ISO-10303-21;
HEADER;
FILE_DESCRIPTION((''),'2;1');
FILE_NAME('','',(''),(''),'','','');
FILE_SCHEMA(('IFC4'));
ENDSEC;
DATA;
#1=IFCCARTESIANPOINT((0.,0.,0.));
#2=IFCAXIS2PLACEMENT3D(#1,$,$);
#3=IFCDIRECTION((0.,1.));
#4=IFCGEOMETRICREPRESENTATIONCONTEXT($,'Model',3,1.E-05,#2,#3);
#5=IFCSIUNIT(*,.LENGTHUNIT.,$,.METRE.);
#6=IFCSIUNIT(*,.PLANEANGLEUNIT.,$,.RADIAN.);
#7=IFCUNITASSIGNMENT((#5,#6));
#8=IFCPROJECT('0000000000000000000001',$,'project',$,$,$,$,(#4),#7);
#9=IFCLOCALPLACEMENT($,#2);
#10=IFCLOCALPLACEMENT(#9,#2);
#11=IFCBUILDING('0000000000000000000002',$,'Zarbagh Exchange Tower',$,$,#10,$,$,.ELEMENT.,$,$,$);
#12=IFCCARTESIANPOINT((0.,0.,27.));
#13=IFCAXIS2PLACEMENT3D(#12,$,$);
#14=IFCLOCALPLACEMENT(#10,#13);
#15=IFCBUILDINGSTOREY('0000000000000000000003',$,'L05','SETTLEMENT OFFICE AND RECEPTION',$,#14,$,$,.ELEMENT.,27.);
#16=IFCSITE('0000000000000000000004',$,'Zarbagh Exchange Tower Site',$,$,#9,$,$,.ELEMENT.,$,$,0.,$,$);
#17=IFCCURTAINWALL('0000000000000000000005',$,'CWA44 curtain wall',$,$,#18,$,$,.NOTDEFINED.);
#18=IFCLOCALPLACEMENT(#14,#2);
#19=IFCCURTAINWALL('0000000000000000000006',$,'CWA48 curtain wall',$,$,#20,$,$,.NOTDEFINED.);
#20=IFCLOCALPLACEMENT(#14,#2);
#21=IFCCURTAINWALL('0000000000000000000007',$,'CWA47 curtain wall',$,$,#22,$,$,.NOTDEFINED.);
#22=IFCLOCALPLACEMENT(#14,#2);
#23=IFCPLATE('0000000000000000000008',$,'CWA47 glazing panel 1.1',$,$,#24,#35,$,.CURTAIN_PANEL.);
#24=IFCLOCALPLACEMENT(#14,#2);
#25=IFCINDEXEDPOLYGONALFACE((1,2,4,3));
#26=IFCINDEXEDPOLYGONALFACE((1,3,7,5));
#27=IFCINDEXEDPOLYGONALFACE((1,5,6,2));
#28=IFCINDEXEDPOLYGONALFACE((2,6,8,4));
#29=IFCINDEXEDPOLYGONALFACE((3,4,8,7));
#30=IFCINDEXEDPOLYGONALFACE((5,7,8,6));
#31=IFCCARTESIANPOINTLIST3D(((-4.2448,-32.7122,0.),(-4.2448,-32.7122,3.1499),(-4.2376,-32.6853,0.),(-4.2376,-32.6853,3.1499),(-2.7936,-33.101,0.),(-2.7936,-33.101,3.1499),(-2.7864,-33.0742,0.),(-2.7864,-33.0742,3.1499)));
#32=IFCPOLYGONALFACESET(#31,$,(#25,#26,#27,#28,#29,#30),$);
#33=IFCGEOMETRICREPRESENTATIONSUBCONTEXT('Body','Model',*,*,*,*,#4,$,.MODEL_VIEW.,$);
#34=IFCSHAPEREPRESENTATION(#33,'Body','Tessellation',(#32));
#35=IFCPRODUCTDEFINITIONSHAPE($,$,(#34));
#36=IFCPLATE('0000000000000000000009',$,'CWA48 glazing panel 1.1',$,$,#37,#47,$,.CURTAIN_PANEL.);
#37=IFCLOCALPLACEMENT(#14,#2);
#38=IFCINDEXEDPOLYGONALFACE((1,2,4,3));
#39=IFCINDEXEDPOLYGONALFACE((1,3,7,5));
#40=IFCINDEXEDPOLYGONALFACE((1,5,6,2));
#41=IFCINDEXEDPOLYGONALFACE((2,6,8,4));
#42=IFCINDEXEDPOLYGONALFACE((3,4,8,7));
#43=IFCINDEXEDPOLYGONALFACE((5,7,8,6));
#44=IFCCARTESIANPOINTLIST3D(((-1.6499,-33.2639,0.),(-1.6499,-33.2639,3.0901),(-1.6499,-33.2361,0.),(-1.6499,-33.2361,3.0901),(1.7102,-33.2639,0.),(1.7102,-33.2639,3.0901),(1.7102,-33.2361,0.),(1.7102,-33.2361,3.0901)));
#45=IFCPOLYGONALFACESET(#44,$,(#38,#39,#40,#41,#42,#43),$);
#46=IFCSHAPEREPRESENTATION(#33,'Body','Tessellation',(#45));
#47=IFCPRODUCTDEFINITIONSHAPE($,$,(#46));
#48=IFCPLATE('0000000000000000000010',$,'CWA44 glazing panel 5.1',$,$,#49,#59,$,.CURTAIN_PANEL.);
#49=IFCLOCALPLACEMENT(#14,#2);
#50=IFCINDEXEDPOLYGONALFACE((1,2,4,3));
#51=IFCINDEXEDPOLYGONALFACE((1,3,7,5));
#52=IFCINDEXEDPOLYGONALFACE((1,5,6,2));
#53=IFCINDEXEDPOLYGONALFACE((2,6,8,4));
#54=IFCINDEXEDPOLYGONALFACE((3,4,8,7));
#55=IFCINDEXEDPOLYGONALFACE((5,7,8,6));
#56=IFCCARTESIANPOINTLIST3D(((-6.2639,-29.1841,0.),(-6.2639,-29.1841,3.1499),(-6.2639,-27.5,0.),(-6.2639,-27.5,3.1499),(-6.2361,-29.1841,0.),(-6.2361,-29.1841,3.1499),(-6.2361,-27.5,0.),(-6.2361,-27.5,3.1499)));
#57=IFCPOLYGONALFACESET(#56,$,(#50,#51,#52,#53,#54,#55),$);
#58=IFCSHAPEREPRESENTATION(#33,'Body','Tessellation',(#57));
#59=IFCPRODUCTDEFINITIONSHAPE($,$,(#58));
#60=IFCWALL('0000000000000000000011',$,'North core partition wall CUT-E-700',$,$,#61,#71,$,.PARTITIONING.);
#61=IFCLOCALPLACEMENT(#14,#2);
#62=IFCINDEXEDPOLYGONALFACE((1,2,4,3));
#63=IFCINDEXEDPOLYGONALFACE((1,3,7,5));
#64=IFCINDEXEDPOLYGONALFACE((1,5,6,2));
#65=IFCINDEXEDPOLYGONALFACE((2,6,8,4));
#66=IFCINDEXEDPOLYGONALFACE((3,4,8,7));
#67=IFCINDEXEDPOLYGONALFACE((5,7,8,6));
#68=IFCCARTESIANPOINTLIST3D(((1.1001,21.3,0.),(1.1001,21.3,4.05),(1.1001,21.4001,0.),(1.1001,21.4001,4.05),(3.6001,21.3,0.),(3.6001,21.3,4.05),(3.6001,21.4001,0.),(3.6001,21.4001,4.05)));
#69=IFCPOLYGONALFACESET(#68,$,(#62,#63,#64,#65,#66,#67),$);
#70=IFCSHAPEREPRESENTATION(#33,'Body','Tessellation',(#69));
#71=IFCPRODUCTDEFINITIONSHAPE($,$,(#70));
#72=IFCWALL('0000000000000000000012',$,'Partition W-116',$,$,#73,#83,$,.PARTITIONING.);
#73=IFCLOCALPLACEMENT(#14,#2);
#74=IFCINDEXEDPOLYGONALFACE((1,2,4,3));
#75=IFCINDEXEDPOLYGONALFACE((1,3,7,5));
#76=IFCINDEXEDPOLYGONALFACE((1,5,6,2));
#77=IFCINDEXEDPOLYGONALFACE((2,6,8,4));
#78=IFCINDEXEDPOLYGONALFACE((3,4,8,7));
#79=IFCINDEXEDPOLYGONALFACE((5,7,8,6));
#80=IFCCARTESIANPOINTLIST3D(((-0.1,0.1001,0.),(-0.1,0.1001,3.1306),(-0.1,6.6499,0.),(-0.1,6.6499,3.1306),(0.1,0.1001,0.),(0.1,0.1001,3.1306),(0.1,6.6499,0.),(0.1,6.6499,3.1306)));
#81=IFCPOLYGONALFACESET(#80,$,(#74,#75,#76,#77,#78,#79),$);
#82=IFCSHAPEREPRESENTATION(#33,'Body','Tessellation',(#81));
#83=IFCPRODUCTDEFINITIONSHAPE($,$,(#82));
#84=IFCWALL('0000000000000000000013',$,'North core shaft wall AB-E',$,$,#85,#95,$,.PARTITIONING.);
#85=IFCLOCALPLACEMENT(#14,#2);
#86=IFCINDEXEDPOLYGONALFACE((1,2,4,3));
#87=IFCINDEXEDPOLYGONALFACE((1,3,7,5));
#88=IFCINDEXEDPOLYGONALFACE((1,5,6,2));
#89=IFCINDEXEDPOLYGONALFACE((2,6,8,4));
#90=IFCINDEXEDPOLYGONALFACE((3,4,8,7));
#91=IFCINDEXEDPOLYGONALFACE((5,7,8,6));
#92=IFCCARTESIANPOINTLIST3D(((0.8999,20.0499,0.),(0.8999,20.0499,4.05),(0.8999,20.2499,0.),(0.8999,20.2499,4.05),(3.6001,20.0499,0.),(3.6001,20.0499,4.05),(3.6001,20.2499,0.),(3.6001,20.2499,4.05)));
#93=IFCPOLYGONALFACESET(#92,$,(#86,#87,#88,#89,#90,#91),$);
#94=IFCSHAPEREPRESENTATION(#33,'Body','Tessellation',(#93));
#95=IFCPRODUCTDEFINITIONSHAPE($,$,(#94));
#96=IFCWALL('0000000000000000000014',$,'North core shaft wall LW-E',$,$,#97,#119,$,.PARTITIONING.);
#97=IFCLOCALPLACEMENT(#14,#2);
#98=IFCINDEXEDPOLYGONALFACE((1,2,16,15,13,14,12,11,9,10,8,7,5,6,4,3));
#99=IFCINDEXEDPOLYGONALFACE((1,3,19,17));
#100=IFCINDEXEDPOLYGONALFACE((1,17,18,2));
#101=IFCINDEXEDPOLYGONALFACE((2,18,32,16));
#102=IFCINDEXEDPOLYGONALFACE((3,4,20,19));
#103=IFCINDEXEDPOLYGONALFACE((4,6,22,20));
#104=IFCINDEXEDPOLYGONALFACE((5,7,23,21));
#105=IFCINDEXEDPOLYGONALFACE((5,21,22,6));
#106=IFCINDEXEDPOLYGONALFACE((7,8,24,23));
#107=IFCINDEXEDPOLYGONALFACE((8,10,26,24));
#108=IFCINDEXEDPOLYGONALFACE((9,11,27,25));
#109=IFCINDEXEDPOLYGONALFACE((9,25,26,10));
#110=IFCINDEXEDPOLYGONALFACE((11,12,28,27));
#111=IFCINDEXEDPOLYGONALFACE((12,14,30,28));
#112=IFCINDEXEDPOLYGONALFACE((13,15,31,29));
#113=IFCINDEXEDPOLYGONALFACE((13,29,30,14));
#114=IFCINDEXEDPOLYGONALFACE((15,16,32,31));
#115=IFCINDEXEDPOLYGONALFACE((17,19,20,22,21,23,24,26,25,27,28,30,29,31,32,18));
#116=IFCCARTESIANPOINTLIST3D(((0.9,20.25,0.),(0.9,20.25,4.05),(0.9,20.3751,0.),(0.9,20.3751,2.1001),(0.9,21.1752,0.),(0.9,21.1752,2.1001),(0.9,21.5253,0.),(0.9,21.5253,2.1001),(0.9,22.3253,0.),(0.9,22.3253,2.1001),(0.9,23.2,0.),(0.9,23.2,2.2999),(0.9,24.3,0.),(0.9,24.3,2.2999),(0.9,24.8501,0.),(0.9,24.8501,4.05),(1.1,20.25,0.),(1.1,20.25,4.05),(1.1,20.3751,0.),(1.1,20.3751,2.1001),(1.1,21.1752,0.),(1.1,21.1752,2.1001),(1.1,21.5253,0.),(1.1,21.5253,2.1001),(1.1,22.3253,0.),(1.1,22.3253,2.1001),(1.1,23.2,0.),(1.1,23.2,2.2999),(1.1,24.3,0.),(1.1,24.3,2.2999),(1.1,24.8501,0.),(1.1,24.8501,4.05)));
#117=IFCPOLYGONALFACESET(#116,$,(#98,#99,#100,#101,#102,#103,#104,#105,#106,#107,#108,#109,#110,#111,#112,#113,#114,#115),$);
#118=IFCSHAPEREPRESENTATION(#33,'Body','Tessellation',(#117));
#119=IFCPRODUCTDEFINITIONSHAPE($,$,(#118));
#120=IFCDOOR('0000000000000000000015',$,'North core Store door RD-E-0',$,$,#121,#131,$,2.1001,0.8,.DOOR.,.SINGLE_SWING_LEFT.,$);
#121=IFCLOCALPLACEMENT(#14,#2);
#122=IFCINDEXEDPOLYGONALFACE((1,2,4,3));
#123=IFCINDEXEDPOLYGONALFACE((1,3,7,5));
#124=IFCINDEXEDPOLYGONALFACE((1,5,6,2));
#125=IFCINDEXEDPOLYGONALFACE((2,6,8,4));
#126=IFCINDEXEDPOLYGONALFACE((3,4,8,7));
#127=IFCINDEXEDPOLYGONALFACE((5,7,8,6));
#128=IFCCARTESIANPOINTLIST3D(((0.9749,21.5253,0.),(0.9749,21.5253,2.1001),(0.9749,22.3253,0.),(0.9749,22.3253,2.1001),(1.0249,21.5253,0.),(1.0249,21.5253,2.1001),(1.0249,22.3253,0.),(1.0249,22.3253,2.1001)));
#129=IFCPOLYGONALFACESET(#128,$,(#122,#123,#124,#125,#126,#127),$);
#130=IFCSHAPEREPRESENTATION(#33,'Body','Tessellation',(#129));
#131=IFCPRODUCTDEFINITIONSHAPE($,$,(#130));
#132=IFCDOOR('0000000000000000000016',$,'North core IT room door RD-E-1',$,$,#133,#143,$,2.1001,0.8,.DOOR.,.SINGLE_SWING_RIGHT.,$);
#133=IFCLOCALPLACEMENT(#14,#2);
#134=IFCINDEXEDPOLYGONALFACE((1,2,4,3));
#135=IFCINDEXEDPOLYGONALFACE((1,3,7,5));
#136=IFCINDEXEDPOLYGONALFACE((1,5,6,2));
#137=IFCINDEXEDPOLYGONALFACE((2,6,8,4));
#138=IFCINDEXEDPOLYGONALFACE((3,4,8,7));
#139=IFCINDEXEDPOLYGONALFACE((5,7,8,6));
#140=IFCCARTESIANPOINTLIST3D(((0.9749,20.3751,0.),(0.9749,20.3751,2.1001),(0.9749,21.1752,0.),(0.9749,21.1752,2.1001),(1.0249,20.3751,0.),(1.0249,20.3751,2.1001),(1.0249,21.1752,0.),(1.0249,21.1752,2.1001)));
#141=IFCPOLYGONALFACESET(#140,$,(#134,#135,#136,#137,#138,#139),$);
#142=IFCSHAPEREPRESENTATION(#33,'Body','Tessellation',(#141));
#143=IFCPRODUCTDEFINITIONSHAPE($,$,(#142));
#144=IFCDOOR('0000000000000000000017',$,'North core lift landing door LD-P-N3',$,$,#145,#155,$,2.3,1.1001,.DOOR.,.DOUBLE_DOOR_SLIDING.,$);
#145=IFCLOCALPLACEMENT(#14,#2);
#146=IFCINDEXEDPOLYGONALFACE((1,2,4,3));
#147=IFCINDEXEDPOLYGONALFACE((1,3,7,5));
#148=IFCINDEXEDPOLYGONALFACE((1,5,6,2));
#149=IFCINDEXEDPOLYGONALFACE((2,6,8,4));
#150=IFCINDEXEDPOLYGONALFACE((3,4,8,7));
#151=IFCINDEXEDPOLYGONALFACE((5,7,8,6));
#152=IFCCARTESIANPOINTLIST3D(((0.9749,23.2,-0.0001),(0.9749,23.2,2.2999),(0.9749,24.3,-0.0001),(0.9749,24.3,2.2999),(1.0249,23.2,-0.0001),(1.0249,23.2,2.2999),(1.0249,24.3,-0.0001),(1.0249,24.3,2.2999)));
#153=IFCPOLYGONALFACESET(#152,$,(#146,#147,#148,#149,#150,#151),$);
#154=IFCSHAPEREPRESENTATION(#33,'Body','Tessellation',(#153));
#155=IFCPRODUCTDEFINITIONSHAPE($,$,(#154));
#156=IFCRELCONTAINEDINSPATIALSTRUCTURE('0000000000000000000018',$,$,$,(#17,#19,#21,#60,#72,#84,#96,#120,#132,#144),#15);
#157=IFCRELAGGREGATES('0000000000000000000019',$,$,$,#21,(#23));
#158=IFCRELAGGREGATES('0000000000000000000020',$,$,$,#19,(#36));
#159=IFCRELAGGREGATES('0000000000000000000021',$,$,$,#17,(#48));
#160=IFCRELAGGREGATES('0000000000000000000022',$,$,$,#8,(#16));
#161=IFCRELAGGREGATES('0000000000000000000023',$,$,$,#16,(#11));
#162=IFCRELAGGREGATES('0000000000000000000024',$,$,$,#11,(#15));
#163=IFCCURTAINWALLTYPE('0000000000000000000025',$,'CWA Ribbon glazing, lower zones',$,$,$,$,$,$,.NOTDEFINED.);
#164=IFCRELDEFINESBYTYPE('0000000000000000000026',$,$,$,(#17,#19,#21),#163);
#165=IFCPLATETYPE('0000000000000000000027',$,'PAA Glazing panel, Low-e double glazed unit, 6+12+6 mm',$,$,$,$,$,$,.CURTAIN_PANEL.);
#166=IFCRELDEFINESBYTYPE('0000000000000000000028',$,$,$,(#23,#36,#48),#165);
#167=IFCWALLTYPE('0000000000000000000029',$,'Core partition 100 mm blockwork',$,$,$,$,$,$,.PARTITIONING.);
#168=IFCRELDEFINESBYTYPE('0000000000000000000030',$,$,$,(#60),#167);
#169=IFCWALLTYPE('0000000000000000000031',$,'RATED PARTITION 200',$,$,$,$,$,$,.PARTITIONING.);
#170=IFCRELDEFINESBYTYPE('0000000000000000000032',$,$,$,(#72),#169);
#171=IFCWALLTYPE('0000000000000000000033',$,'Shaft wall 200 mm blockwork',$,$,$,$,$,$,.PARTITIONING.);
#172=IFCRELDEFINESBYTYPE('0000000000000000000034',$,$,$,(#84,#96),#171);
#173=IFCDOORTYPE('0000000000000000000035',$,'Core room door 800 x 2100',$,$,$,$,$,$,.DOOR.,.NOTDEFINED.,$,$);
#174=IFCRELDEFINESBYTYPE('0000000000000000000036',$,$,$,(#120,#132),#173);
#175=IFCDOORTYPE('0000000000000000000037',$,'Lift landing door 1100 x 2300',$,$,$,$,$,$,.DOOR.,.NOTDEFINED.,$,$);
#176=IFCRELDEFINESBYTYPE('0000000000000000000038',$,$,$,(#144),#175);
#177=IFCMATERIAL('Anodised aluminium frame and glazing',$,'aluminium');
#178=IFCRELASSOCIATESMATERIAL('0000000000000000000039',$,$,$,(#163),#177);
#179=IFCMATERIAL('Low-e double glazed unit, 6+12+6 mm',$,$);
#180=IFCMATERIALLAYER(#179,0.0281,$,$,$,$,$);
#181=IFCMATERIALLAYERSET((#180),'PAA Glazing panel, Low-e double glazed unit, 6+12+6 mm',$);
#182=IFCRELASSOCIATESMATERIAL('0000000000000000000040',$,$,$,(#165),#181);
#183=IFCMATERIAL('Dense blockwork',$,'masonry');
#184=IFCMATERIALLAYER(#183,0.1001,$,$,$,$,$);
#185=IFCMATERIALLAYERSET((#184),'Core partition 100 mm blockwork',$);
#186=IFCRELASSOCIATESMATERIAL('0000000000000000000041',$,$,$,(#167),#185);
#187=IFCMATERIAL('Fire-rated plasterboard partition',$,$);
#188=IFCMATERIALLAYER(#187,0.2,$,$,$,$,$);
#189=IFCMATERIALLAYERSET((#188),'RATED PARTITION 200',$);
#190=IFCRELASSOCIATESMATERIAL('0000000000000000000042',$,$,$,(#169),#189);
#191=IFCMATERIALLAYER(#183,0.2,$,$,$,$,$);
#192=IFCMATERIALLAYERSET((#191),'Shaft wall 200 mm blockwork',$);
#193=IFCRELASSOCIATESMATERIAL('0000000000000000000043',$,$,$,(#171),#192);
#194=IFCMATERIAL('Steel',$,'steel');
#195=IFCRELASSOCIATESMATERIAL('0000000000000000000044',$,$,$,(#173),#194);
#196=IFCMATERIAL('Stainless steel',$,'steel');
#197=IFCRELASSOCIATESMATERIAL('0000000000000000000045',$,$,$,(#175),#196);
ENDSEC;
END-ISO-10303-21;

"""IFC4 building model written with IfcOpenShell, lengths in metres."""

from ifc_helpers import new_model, si_unit, direction, frame, frame_2d, origin, place, context, subcontext, project, spatial, polyline, rectangle, outline, extrude, source, transform, mapped, material, layer, layer_set, type_object, element, fill, aggregate, save


model = new_model("IFC4")

# Units and contexts
model_context = context("Model", 3, precision=1e-05, world=origin(), true_north=direction((0.0, 1.0)))
body_context = subcontext(model_context, "Body", "Model", "MODEL_VIEW")
ifc_project = project(units=[si_unit("LENGTHUNIT", "METRE"), si_unit("PLANEANGLEUNIT", "RADIAN")], contexts=[model_context])

# Site, building, storey
site_placement = place(None, origin())
site = spatial("IfcSite", under=ifc_project, at=site_placement, Name="Zarbagh Exchange Tower Site", CompositionType="ELEMENT", RefElevation=0.0)
building_placement = place(site_placement, origin())
building = spatial("IfcBuilding", under=site, at=building_placement, Name="Zarbagh Exchange Tower", CompositionType="ELEMENT")
storey_placement = place(building_placement, frame((0.0, 0.0, 27.0)))
storey = spatial("IfcBuildingStorey", under=building, at=storey_placement, Name="L05", Description="SETTLEMENT OFFICE AND RECEPTION", CompositionType="ELEMENT", Elevation=27.0)

# Curtain wall
ifc_material_1 = material(Name="Anodised aluminium frame and glazing", Category="aluminium")
curtain_wall_type = type_object("IfcCurtainWallType", Name="CWA Ribbon glazing, lower zones", PredefinedType="NOTDEFINED", material=ifc_material_1)
curtain_wall_1_placement = place(storey_placement, origin())
curtain_wall_1 = element("IfcCurtainWall", 1, at=curtain_wall_1_placement, inside=storey, type_object=curtain_wall_type, Name="CWA44 curtain wall", PredefinedType="NOTDEFINED")
placement = place(storey_placement, origin())

# Curtain wall
curtain_wall_2_placement = place(storey_placement, origin())
curtain_wall_2 = element("IfcCurtainWall", 2, at=curtain_wall_2_placement, inside=storey, type_object=curtain_wall_type, Name="CWA48 curtain wall", PredefinedType="NOTDEFINED")

# Shared definitions
ifc_material_2 = material(Name="Low-e double glazed unit, 6+12+6 mm")
ifc_layer_1 = layer(ifc_material_2, 0.0281)
ifc_layer_set_1 = layer_set([ifc_layer_1], Name="PAA Glazing panel, Low-e double glazed unit, 6+12+6 mm")
plate_type = type_object("IfcPlateType", Name="PAA Glazing panel, Low-e double glazed unit, 6+12+6 mm", PredefinedType="CURTAIN_PANEL", material=ifc_layer_set_1)

# Curtain wall, plate
curtain_wall_3_placement = place(storey_placement, origin())
curtain_wall_3 = element("IfcCurtainWall", 3, at=curtain_wall_3_placement, inside=storey, type_object=curtain_wall_type, Name="CWA47 curtain wall", PredefinedType="NOTDEFINED")
shared_shape_1 = source(origin(), body_context, "Body", "SweptSolid", [
    extrude(outline(polyline([(0.0, -0.0139), (1.5024, -0.0139), (1.5024, 0.0139), (0.0, 0.0139), (0.0, -0.0139)])), origin(), (0.0, 0.0, 1.0), 3.1499),
])
plate_1 = element("IfcPlate", 4, at=placement, type_object=plate_type, Name="CWA47 glazing panel 1.1", PredefinedType="CURTAIN_PANEL", context=body_context, shape_type="MappedRepresentation", body=[
    mapped(shared_shape_1, transform((-4.2412, -32.6987, 0.0), x_axis=(0.965924, -0.258825, 0.0), y_axis=(0.258825, 0.965924, 0.0), z_axis=(0.0, 0.0, 1.0))),
])
aggregate(curtain_wall_3, [plate_1])

# Plates
shared_shape_2 = source(origin(), body_context, "Body", "SweptSolid", [
    extrude(outline(polyline([(0.0, -0.0139), (3.3601, -0.0139), (3.3601, 0.0139), (0.0, 0.0139), (0.0, -0.0139)])), origin(), (0.0, 0.0, 1.0), 3.0901),
])
plate_2 = element("IfcPlate", 5, at=placement, type_object=plate_type, Name="CWA48 glazing panel 1.1", PredefinedType="CURTAIN_PANEL", context=body_context, shape_type="MappedRepresentation", body=[
    mapped(shared_shape_2, transform((-1.6499, -33.25, 0.0), x_axis=(1.0, 0.0, 0.0), y_axis=(0.0, 1.0, 0.0), z_axis=(0.0, 0.0, 1.0))),
])
aggregate(curtain_wall_2, [plate_2])
shared_shape_3 = source(origin(), body_context, "Body", "SweptSolid", [
    extrude(outline(polyline([(0.0, -0.0139), (1.6841, -0.0139), (1.6841, 0.0139), (0.0, 0.0139), (0.0, -0.0139)])), origin(), (0.0, 0.0, 1.0), 3.1499),
])
plate_3 = element("IfcPlate", 6, at=placement, type_object=plate_type, Name="CWA44 glazing panel 5.1", PredefinedType="CURTAIN_PANEL", context=body_context, shape_type="MappedRepresentation", body=[
    mapped(shared_shape_3, transform((-6.25, -27.5, 0.0), x_axis=(0.0, -1.0, 0.0), y_axis=(1.0, 0.0, 0.0), z_axis=(0.0, 0.0, 1.0))),
])
aggregate(curtain_wall_1, [plate_3])

# Walls
ifc_material_3 = material(Name="Dense blockwork", Category="masonry")
ifc_layer_2 = layer(ifc_material_3, 0.1001)
ifc_layer_set_2 = layer_set([ifc_layer_2], Name="Core partition 100 mm blockwork")
wall_type_1 = type_object("IfcWallType", Name="Core partition 100 mm blockwork", PredefinedType="PARTITIONING", material=ifc_layer_set_2)
wall_1_placement = place(storey_placement, frame((1.1001, 21.3501, 0.0), z_axis=(0.0, 0.0, 1.0), x_axis=(1.0, 0.0, 0.0)))
element("IfcWall", 7, at=wall_1_placement, inside=storey, type_object=wall_type_1, Name="North core partition wall CUT-E-700", PredefinedType="PARTITIONING", context=body_context, shape_type="SweptSolid", body=[
    extrude(rectangle(XDim=2.5, YDim=0.1001, at=frame_2d((1.25, 0.0))), origin(), (0.0, 0.0, 1.0), 4.05),
])
ifc_material_4 = material(Name="Fire-rated plasterboard partition")
ifc_layer_3 = layer(ifc_material_4, 0.2)
ifc_layer_set_3 = layer_set([ifc_layer_3], Name="RATED PARTITION 200")
wall_type_2 = type_object("IfcWallType", Name="RATED PARTITION 200", PredefinedType="PARTITIONING", material=ifc_layer_set_3)
wall_2_placement = place(storey_placement, frame((0.0, 0.1001, 0.0), z_axis=(0.0, 0.0, 1.0), x_axis=(0.0, 1.0, 0.0)))
element("IfcWall", 8, at=wall_2_placement, inside=storey, type_object=wall_type_2, Name="Partition W-116", PredefinedType="PARTITIONING", context=body_context, shape_type="SweptSolid", body=[
    extrude(rectangle(XDim=6.5498, YDim=0.2, at=frame_2d((3.2749, 0.0))), origin(), (0.0, 0.0, 1.0), 3.1306),
])
ifc_layer_4 = layer(ifc_material_3, 0.2)
ifc_layer_set_4 = layer_set([ifc_layer_4], Name="Shaft wall 200 mm blockwork")
wall_type_3 = type_object("IfcWallType", Name="Shaft wall 200 mm blockwork", PredefinedType="PARTITIONING", material=ifc_layer_set_4)
wall_3_placement = place(storey_placement, frame((0.8999, 20.1499, 0.0), z_axis=(0.0, 0.0, 1.0), x_axis=(1.0, 0.0, 0.0)))
element("IfcWall", 9, at=wall_3_placement, inside=storey, type_object=wall_type_3, Name="North core shaft wall AB-E", PredefinedType="PARTITIONING", context=body_context, shape_type="SweptSolid", body=[
    extrude(rectangle(XDim=2.7002, YDim=0.2, at=frame_2d((1.3501, 0.0))), origin(), (0.0, 0.0, 1.0), 4.05),
])

# Wall, openings, doors
wall_4_placement = place(storey_placement, frame((1.0, 24.8501, 0.0), z_axis=(0.0, 0.0, 1.0), x_axis=(0.0, -1.0, 0.0)))
wall_4 = element("IfcWall", 10, at=wall_4_placement, inside=storey, type_object=wall_type_3, Name="North core shaft wall LW-E", PredefinedType="PARTITIONING", context=body_context, shape_type="SweptSolid", body=[
    extrude(rectangle(XDim=4.6001, YDim=0.2, at=frame_2d((2.3, 0.0))), origin(), (0.0, 0.0, 1.0), 4.05),
])
opening_1_placement = place(wall_4_placement, frame((0.55, 0.0, 0.0)))
opening_1 = element("IfcOpeningElement", 11, at=opening_1_placement, cuts=wall_4, PredefinedType="OPENING", context=body_context, shape_type="SweptSolid", body=[
    extrude(rectangle(XDim=1.1001, YDim=2.3, at=frame_2d((0.55, 1.1499))), frame((0.0, 0.1099, 0.0), z_axis=(0.0, -1.0, 0.0), x_axis=(1.0, 0.0, 0.0)), (0.0, 0.0, 1.0), 0.22),
])
opening_2_placement = place(wall_4_placement, frame((2.5249, 0.0, 0.0)))
opening_2 = element("IfcOpeningElement", 12, at=opening_2_placement, cuts=wall_4, PredefinedType="OPENING", context=body_context, shape_type="SweptSolid", body=[
    extrude(rectangle(XDim=0.8, YDim=2.1001, at=frame_2d((0.3999, 1.05))), frame((0.0, 0.1099, 0.0), z_axis=(0.0, -1.0, 0.0), x_axis=(1.0, 0.0, 0.0)), (0.0, 0.0, 1.0), 0.22),
])
opening_3_placement = place(wall_4_placement, frame((3.675, 0.0, 0.0)))
opening_3 = element("IfcOpeningElement", 13, at=opening_3_placement, cuts=wall_4, PredefinedType="OPENING", context=body_context, shape_type="SweptSolid", body=[
    extrude(rectangle(XDim=0.8, YDim=2.1001, at=frame_2d((0.3999, 1.05))), frame((0.0, 0.1099, 0.0), z_axis=(0.0, -1.0, 0.0), x_axis=(1.0, 0.0, 0.0)), (0.0, 0.0, 1.0), 0.22),
])
ifc_material_5 = material(Name="Steel", Category="steel")
door_type_1 = type_object("IfcDoorType", Name="Core room door 800 x 2100", OperationType="NOTDEFINED", PredefinedType="DOOR", material=ifc_material_5)
door_1_placement = place(opening_2_placement, origin())
door_1 = element("IfcDoor", 14, at=door_1_placement, inside=storey, type_object=door_type_1, Name="North core Store door RD-E-0", OperationType="SINGLE_SWING_LEFT", OverallHeight=2.1001, OverallWidth=0.8, PredefinedType="DOOR", context=body_context, shape_type="SweptSolid", body=[
    extrude(rectangle(XDim=0.8, YDim=2.1001, at=frame_2d((0.3999, 1.05))), frame((0.0, 0.0249, 0.0), z_axis=(0.0, -1.0, 0.0), x_axis=(1.0, 0.0, 0.0)), (0.0, 0.0, 1.0), 0.05),
])
fill(opening_2, door_1)
door_2_placement = place(opening_3_placement, origin())
door_2 = element("IfcDoor", 15, at=door_2_placement, inside=storey, type_object=door_type_1, Name="North core IT room door RD-E-1", OperationType="SINGLE_SWING_RIGHT", OverallHeight=2.1001, OverallWidth=0.8, PredefinedType="DOOR", context=body_context, shape_type="SweptSolid", body=[
    extrude(rectangle(XDim=0.8, YDim=2.1001, at=frame_2d((0.3999, 1.05))), frame((0.0, 0.0249, 0.0), z_axis=(0.0, -1.0, 0.0), x_axis=(1.0, 0.0, 0.0)), (0.0, 0.0, 1.0), 0.05),
])
fill(opening_3, door_2)
ifc_material_6 = material(Name="Stainless steel", Category="steel")
door_type_2 = type_object("IfcDoorType", Name="Lift landing door 1100 x 2300", OperationType="NOTDEFINED", PredefinedType="DOOR", material=ifc_material_6)
door_3_placement = place(opening_1_placement, origin())
door_3 = element("IfcDoor", 16, at=door_3_placement, inside=storey, type_object=door_type_2, Name="North core lift landing door LD-P-N3", OperationType="DOUBLE_DOOR_SLIDING", OverallHeight=2.3, OverallWidth=1.1001, PredefinedType="DOOR", context=body_context, shape_type="SweptSolid", body=[
    extrude(rectangle(XDim=1.1001, YDim=2.3, at=frame_2d((0.55, 1.1499))), frame((0.0, 0.0249, 0.0), z_axis=(0.0, -1.0, 0.0), x_axis=(1.0, 0.0, 0.0)), (0.0, 0.0, 1.0), 0.05),
])
fill(opening_1, door_3)

save(model, "model.ifc")
